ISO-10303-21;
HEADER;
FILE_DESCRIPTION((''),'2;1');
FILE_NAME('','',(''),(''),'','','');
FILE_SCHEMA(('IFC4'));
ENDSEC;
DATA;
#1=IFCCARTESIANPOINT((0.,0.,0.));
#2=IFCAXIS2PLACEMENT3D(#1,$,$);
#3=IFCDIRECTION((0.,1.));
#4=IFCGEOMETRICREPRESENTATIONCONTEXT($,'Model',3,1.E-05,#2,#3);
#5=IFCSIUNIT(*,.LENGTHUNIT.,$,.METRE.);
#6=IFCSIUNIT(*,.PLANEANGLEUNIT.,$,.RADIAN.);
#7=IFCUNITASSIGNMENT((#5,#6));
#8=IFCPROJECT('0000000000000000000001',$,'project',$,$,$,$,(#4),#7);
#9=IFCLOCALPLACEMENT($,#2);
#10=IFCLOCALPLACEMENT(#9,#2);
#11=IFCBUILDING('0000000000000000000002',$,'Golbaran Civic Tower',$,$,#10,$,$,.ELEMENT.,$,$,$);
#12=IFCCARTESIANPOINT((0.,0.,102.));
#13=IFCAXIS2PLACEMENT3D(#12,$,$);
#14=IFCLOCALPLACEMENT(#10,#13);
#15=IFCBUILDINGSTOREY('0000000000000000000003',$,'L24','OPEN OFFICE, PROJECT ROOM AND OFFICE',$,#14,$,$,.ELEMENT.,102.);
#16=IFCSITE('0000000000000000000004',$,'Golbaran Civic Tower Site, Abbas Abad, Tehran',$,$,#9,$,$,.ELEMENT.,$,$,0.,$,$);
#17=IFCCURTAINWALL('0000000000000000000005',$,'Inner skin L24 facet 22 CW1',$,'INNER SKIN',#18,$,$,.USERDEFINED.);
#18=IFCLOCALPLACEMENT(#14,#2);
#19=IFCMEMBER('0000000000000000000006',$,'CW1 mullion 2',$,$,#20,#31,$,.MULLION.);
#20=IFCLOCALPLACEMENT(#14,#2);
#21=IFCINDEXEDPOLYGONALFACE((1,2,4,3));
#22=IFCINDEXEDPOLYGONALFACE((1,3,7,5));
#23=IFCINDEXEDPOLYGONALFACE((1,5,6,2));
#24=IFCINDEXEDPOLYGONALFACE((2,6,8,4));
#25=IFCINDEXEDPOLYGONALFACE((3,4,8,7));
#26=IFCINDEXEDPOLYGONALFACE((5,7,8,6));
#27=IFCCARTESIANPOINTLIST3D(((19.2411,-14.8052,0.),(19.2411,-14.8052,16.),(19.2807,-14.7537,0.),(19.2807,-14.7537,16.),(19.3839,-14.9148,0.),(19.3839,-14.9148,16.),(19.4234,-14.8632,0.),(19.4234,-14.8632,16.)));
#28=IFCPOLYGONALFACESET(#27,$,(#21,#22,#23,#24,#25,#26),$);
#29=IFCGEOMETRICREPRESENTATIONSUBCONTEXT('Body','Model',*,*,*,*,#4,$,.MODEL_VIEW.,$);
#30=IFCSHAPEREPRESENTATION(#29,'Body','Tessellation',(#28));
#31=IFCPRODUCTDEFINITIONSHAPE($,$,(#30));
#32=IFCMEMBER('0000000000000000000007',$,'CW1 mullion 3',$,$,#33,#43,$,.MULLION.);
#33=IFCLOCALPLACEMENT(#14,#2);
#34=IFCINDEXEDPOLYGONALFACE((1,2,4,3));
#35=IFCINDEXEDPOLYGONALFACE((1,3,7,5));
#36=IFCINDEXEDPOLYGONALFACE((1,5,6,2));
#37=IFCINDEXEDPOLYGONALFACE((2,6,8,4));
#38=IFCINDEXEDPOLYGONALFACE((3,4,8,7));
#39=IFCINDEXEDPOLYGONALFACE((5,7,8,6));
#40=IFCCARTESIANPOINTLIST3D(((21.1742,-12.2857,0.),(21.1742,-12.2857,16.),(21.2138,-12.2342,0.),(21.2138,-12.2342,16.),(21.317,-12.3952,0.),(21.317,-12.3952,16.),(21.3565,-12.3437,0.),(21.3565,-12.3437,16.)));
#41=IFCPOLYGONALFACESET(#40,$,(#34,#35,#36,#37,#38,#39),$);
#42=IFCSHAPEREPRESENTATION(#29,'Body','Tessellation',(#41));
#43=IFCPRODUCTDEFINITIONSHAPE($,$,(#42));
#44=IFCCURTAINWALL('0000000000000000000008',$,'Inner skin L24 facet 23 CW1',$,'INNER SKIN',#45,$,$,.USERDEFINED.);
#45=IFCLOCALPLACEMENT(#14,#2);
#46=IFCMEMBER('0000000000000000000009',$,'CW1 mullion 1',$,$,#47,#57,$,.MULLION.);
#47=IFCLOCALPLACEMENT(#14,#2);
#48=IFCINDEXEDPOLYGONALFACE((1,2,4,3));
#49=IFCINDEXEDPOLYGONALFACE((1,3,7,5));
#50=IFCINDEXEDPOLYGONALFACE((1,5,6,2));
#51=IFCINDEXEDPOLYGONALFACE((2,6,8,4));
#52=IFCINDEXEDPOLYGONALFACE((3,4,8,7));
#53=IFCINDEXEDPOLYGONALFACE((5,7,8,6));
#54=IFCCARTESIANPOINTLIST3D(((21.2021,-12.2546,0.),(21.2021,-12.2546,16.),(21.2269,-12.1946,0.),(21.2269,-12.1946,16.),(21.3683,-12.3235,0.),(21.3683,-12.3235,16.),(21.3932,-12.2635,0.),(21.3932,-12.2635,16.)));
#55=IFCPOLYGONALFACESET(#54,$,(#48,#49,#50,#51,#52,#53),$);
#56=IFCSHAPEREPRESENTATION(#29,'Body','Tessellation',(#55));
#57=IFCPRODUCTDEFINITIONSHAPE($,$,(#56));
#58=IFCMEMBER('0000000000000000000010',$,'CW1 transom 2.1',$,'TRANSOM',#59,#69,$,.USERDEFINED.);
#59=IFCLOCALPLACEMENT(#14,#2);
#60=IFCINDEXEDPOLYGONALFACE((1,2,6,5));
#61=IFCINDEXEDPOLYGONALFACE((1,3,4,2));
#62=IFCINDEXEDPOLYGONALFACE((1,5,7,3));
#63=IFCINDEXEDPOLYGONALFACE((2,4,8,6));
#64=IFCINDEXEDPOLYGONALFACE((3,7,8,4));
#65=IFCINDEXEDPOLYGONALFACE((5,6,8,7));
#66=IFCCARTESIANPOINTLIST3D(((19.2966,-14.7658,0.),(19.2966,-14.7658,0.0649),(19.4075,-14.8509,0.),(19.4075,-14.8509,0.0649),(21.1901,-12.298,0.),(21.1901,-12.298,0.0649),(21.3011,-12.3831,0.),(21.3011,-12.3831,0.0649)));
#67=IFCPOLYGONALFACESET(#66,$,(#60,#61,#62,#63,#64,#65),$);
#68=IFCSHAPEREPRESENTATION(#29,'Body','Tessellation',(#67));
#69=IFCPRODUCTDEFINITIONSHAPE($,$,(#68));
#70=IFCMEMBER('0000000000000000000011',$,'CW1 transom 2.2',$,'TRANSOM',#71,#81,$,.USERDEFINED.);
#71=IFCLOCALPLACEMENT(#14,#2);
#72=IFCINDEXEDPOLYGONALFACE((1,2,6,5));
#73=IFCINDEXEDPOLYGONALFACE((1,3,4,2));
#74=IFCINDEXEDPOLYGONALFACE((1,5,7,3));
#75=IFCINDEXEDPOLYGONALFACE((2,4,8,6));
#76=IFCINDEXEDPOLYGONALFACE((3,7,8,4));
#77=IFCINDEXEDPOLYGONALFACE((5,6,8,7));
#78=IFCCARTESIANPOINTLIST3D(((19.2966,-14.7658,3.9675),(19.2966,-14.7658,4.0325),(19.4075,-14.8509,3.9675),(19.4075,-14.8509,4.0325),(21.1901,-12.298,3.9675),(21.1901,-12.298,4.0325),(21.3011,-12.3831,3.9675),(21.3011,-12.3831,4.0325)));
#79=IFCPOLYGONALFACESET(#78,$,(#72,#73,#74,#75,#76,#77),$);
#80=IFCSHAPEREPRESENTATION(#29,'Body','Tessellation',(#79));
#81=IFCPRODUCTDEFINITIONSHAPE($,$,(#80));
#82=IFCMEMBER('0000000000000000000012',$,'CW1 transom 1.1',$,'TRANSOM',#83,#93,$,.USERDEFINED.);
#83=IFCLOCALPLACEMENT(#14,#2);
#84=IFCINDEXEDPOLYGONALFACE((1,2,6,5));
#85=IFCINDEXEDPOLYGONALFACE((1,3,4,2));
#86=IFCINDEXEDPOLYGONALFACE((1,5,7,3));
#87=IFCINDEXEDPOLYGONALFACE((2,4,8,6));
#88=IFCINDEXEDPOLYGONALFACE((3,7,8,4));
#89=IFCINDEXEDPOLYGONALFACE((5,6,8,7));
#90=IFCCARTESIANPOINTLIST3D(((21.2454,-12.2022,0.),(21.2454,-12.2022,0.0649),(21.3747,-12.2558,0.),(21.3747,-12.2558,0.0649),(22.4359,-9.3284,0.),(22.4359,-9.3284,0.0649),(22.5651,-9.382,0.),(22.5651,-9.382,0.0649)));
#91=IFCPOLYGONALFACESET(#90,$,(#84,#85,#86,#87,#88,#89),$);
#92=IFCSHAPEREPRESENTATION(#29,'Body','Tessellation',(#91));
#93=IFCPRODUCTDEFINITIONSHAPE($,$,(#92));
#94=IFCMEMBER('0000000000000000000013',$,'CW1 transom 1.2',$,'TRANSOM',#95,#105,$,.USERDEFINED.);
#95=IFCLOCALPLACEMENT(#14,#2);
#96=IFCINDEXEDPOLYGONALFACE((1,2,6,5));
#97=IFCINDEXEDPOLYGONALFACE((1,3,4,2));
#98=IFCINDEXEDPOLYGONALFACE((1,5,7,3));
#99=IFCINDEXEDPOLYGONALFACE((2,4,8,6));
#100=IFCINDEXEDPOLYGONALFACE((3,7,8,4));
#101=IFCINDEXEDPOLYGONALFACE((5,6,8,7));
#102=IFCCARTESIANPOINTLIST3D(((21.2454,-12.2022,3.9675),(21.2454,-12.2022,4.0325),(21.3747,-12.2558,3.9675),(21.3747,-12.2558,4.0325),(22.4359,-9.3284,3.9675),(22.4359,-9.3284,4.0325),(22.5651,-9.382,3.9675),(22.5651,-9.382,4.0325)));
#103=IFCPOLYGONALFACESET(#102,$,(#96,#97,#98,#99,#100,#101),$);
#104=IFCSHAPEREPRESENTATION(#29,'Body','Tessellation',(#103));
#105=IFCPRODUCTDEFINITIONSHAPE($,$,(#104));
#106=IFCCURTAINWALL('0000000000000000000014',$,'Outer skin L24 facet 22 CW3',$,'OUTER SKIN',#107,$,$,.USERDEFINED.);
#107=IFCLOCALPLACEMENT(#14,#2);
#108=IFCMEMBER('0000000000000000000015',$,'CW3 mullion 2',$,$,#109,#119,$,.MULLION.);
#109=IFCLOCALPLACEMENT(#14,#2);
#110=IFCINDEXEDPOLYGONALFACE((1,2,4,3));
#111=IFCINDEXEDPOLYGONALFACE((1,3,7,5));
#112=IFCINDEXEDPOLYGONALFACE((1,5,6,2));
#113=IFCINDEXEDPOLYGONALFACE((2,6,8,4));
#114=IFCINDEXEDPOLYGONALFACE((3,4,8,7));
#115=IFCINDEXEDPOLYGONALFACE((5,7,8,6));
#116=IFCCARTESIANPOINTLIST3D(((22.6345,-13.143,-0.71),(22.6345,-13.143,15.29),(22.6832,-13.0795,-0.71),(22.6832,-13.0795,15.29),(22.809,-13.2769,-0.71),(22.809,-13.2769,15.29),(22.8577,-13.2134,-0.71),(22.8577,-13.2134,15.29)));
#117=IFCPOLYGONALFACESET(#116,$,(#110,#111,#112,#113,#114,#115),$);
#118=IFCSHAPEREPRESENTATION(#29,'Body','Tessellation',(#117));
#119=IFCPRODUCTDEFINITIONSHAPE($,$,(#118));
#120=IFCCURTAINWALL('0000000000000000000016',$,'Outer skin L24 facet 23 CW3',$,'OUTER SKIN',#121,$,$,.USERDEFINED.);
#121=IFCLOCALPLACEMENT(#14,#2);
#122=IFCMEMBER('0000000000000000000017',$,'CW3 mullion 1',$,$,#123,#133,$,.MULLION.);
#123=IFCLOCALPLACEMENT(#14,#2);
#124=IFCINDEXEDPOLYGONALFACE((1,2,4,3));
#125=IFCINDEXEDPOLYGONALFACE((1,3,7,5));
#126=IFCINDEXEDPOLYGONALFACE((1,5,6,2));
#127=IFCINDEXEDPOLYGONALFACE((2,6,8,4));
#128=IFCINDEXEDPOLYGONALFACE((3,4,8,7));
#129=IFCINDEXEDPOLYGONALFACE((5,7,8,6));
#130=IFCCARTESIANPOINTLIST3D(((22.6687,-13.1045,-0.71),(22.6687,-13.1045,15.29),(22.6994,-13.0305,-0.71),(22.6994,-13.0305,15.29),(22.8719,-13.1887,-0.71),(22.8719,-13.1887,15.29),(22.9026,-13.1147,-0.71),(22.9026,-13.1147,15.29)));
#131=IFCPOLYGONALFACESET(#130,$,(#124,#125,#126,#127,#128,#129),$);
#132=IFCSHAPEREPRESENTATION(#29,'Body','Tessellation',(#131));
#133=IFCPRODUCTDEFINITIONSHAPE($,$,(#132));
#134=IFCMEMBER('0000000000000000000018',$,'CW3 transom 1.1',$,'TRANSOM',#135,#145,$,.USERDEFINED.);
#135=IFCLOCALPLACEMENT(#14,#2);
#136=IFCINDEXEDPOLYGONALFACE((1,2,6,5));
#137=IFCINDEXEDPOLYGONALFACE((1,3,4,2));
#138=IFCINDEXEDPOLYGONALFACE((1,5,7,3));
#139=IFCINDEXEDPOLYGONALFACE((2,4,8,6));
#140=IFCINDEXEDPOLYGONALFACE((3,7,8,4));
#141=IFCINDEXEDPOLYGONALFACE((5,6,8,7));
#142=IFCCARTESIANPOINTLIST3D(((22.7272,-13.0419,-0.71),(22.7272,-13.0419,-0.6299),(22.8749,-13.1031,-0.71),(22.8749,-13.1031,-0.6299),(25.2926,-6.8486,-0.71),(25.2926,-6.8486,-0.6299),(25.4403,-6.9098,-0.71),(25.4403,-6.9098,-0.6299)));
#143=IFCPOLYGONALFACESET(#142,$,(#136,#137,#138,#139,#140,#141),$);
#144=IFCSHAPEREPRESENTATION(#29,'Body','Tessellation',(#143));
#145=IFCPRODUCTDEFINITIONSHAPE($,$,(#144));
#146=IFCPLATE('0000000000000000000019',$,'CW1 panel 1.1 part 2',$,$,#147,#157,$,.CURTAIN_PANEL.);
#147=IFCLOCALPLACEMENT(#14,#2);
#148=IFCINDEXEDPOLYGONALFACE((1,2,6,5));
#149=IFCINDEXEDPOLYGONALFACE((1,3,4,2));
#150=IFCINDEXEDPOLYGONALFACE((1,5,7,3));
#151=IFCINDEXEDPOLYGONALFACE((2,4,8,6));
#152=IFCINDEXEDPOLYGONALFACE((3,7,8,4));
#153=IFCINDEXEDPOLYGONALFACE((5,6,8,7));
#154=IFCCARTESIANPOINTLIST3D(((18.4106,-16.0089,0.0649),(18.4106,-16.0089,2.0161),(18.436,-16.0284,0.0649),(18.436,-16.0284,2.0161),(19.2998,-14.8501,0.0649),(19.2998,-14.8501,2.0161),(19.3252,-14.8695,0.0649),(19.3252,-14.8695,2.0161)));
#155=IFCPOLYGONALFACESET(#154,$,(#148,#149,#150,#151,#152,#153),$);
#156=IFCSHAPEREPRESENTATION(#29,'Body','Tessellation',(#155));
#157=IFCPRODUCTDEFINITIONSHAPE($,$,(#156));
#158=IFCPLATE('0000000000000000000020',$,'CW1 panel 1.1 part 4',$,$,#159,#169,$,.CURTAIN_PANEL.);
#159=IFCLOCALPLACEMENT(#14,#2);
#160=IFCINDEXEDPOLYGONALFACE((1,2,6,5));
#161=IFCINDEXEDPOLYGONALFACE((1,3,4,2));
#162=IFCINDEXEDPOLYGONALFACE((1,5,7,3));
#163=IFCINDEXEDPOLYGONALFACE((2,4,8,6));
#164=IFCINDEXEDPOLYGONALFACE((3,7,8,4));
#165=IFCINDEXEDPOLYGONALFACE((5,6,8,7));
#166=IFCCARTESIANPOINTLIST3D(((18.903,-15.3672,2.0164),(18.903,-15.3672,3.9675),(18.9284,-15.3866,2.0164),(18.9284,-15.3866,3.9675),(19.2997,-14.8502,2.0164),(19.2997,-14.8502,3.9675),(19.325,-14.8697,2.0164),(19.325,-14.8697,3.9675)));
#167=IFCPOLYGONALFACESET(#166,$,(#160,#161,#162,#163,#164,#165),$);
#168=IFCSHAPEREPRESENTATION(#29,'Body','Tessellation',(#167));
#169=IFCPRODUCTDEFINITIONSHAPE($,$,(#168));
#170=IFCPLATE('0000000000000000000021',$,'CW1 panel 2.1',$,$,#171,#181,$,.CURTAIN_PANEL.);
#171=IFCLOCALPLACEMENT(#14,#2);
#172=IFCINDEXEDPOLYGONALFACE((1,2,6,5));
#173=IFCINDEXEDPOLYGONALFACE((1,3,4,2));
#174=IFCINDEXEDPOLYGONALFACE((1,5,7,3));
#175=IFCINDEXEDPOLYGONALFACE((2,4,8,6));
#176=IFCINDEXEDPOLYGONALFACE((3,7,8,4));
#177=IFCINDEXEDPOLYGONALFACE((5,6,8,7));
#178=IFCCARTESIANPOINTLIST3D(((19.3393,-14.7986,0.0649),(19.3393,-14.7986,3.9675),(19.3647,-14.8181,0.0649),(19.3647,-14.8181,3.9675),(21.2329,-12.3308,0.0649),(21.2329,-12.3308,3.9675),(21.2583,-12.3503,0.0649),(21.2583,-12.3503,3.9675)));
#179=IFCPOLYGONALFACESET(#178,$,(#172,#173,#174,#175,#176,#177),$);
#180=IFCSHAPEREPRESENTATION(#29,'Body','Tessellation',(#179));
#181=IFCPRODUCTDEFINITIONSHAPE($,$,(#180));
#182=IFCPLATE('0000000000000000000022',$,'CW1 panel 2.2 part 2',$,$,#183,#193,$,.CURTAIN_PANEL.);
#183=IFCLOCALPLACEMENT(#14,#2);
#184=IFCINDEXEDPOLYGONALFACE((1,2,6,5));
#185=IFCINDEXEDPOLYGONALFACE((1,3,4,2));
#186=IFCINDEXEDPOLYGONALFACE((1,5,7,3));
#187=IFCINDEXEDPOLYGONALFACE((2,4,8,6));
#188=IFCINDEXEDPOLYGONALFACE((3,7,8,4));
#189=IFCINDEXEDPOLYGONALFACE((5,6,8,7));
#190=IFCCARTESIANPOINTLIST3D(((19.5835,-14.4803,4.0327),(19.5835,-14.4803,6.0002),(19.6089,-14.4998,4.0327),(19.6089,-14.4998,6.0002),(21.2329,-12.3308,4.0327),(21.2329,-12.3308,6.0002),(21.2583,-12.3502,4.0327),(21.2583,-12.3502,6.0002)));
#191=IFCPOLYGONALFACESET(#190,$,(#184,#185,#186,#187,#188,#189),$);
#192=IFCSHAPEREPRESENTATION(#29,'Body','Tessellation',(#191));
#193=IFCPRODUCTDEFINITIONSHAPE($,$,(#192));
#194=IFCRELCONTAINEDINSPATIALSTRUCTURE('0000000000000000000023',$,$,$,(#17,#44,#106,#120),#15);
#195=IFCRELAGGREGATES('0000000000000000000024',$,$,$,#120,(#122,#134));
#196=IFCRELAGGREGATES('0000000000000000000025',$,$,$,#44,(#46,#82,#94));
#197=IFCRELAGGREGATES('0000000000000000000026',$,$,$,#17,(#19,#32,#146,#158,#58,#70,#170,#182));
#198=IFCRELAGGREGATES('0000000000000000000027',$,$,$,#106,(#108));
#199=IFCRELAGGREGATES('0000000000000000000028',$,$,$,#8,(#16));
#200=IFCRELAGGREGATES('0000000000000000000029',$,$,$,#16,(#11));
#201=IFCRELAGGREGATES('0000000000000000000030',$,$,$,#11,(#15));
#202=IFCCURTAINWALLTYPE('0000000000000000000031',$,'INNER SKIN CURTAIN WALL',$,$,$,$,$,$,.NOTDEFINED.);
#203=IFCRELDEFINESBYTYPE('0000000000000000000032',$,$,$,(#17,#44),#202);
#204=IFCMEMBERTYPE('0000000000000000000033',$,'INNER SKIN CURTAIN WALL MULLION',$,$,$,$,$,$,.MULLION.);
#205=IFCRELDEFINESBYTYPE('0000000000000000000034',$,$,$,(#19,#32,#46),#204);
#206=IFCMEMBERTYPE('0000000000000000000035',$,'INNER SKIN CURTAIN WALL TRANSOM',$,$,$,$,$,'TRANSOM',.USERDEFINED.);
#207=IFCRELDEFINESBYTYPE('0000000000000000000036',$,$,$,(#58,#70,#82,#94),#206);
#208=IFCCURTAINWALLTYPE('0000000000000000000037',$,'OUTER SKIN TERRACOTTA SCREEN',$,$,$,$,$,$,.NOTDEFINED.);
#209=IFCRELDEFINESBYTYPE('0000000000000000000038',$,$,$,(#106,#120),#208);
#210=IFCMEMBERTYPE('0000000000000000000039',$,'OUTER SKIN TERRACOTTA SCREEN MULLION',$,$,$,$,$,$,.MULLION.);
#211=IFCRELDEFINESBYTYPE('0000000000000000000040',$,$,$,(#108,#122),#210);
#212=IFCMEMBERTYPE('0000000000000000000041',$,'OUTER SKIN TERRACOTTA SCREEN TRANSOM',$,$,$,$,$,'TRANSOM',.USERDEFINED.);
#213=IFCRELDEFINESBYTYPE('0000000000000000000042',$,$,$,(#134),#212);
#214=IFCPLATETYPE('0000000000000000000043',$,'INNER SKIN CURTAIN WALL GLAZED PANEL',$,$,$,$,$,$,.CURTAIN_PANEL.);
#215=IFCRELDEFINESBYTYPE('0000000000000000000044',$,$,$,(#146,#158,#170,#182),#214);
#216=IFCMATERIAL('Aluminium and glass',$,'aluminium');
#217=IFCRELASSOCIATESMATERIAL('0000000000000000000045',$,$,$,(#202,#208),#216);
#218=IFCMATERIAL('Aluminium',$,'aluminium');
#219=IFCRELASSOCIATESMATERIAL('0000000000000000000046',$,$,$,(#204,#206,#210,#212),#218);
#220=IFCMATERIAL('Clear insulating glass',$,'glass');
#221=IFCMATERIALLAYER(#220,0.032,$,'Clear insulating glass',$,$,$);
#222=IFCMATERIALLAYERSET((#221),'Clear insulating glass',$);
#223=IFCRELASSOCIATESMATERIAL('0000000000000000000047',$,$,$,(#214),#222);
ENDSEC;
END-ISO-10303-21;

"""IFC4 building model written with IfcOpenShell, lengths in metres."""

from ifc_helpers import new_model, si_unit, direction, frame, origin, origin_2d, place, context, subcontext, project, spatial, rectangle, extrude, material, layer, layer_set, material_profile, profile_set, type_object, element, aggregate, save


model = new_model("IFC4")

# Units and contexts
model_context = context("Model", 3, precision=1e-05, world=origin(), true_north=direction((0.0, 1.0)))
body_context = subcontext(model_context, "Body", "Model", "MODEL_VIEW")
ifc_project = project(units=[si_unit("LENGTHUNIT", "METRE"), si_unit("PLANEANGLEUNIT", "RADIAN")], contexts=[model_context])

# Site, building, storey
site_placement = place(None, origin())
site = spatial("IfcSite", under=ifc_project, at=site_placement, Name="Golbaran Civic Tower Site, Abbas Abad, Tehran", CompositionType="ELEMENT", RefElevation=0.0)
building_placement = place(site_placement, origin())
building = spatial("IfcBuilding", under=site, at=building_placement, Name="Golbaran Civic Tower", CompositionType="ELEMENT")
storey_placement = place(building_placement, frame((0.0, 0.0, 102.0)))
storey = spatial("IfcBuildingStorey", under=building, at=storey_placement, Name="L24", Description="OPEN OFFICE, PROJECT ROOM AND OFFICE", CompositionType="ELEMENT", Elevation=102.0)

# Curtain wall, members
ifc_material_1 = material(Name="Aluminium and glass", Category="aluminium")
curtain_wall_type_1 = type_object("IfcCurtainWallType", Name="INNER SKIN CURTAIN WALL", PredefinedType="NOTDEFINED", material=ifc_material_1)
curtain_wall_1_placement = place(storey_placement, origin())
curtain_wall_1 = element("IfcCurtainWall", 1, at=curtain_wall_1_placement, inside=storey, type_object=curtain_wall_type_1, Name="Inner skin L24 facet 22 CW1", ObjectType="INNER SKIN", PredefinedType="USERDEFINED")
ifc_material_2 = material(Name="Aluminium", Category="aluminium")
ifc_material_profile_1 = material_profile(ifc_material_2, rectangle(XDim=0.1799, YDim=0.0649, at=origin_2d()), Name="INNER SKIN CURTAIN WALL MULLION")
ifc_profile_set_1 = profile_set([ifc_material_profile_1], Name="Aluminium")
member_type_1 = type_object("IfcMemberType", Name="INNER SKIN CURTAIN WALL MULLION", PredefinedType="MULLION", material=ifc_profile_set_1)
member_1_placement = place(storey_placement, frame((19.3323, -14.8342, 0.0), z_axis=(0.0, 0.0, 1.0), x_axis=(-0.793353, 0.608761, 0.0)))
member_1 = element("IfcMember", 2, at=member_1_placement, type_object=member_type_1, Name="CW1 mullion 2", PredefinedType="MULLION", context=body_context, shape_type="SweptSolid", body=[
    extrude(rectangle(XDim=0.1799, YDim=0.0649, at=origin_2d()), origin(), (0.0, 0.0, 1.0), 16.0),
])
member_2_placement = place(storey_placement, frame((21.2654, -12.3147, 0.0), z_axis=(0.0, 0.0, 1.0), x_axis=(-0.793353, 0.608761, 0.0)))
member_2 = element("IfcMember", 3, at=member_2_placement, type_object=member_type_1, Name="CW1 mullion 3", PredefinedType="MULLION", context=body_context, shape_type="SweptSolid", body=[
    extrude(rectangle(XDim=0.1799, YDim=0.0649, at=origin_2d()), origin(), (0.0, 0.0, 1.0), 16.0),
])

# Curtain wall, member
curtain_wall_2_placement = place(storey_placement, origin())
curtain_wall_2 = element("IfcCurtainWall", 4, at=curtain_wall_2_placement, inside=storey, type_object=curtain_wall_type_1, Name="Inner skin L24 facet 23 CW1", ObjectType="INNER SKIN", PredefinedType="USERDEFINED")
member_3_placement = place(storey_placement, frame((21.2976, -12.259, 0.0), z_axis=(0.0, 0.0, 1.0), x_axis=(-0.92388, 0.382683, 0.0)))
member_3 = element("IfcMember", 5, at=member_3_placement, type_object=member_type_1, Name="CW1 mullion 1", PredefinedType="MULLION", context=body_context, shape_type="SweptSolid", body=[
    extrude(rectangle(XDim=0.1799, YDim=0.0649, at=origin_2d()), origin(), (0.0, 0.0, 1.0), 16.0),
])

# Members
ifc_material_profile_2 = material_profile(ifc_material_2, rectangle(XDim=0.1399, YDim=0.0649, at=origin_2d()), Name="INNER SKIN CURTAIN WALL TRANSOM")
ifc_profile_set_2 = profile_set([ifc_material_profile_2], Name="Aluminium")
member_type_2 = type_object("IfcMemberType", Name="INNER SKIN CURTAIN WALL TRANSOM", ElementType="TRANSOM", PredefinedType="USERDEFINED", material=ifc_profile_set_2)
member_4_placement = place(storey_placement, frame((19.3521, -14.8083, 0.0325), z_axis=(0.608754, 0.793359, 0.0), x_axis=(-0.793359, 0.608754, 0.0)))
member_4 = element("IfcMember", 6, at=member_4_placement, type_object=member_type_2, Name="CW1 transom 2.1", ObjectType="TRANSOM", PredefinedType="USERDEFINED", context=body_context, shape_type="SweptSolid", body=[
    extrude(rectangle(XDim=0.1399, YDim=0.0649, at=origin_2d()), origin(), (0.0, 0.0, 1.0), 3.1106),
])
member_5_placement = place(storey_placement, frame((19.3521, -14.8083, 4.0), z_axis=(0.608754, 0.793359, 0.0), x_axis=(-0.793359, 0.608754, 0.0)))
member_5 = element("IfcMember", 7, at=member_5_placement, type_object=member_type_2, Name="CW1 transom 2.2", ObjectType="TRANSOM", PredefinedType="USERDEFINED", context=body_context, shape_type="SweptSolid", body=[
    extrude(rectangle(XDim=0.1399, YDim=0.0649, at=origin_2d()), origin(), (0.0, 0.0, 1.0), 3.1106),
])
member_6_placement = place(storey_placement, frame((21.3101, -12.229, 0.0325), z_axis=(0.382703, 0.923871, 0.0), x_axis=(-0.923871, 0.382703, 0.0)))
member_6 = element("IfcMember", 8, at=member_6_placement, type_object=member_type_2, Name="CW1 transom 1.1", ObjectType="TRANSOM", PredefinedType="USERDEFINED", context=body_context, shape_type="SweptSolid", body=[
    extrude(rectangle(XDim=0.1399, YDim=0.0649, at=origin_2d()), origin(), (0.0, 0.0, 1.0), 3.1106),
])
member_7_placement = place(storey_placement, frame((21.3101, -12.229, 4.0), z_axis=(0.382703, 0.923871, 0.0), x_axis=(-0.923871, 0.382703, 0.0)))
member_7 = element("IfcMember", 9, at=member_7_placement, type_object=member_type_2, Name="CW1 transom 1.2", ObjectType="TRANSOM", PredefinedType="USERDEFINED", context=body_context, shape_type="SweptSolid", body=[
    extrude(rectangle(XDim=0.1399, YDim=0.0649, at=origin_2d()), origin(), (0.0, 0.0, 1.0), 3.1106),
])

# Curtain wall, member
curtain_wall_type_2 = type_object("IfcCurtainWallType", Name="OUTER SKIN TERRACOTTA SCREEN", PredefinedType="NOTDEFINED", material=ifc_material_1)
curtain_wall_3_placement = place(storey_placement, origin())
curtain_wall_3 = element("IfcCurtainWall", 10, at=curtain_wall_3_placement, inside=storey, type_object=curtain_wall_type_2, Name="Outer skin L24 facet 22 CW3", ObjectType="OUTER SKIN", PredefinedType="USERDEFINED")
ifc_material_profile_3 = material_profile(ifc_material_2, rectangle(XDim=0.22, YDim=0.0801, at=origin_2d()), Name="OUTER SKIN TERRACOTTA SCREEN MULLION")
ifc_profile_set_3 = profile_set([ifc_material_profile_3], Name="Aluminium")
member_type_3 = type_object("IfcMemberType", Name="OUTER SKIN TERRACOTTA SCREEN MULLION", PredefinedType="MULLION", material=ifc_profile_set_3)
member_8_placement = place(storey_placement, frame((22.7461, -13.1782, -0.71), z_axis=(0.0, 0.0, 1.0), x_axis=(-0.793353, 0.608761, 0.0)))
member_8 = element("IfcMember", 11, at=member_8_placement, type_object=member_type_3, Name="CW3 mullion 2", PredefinedType="MULLION", context=body_context, shape_type="SweptSolid", body=[
    extrude(rectangle(XDim=0.22, YDim=0.0801, at=origin_2d()), origin(), (0.0, 0.0, 1.0), 16.0),
])

# Curtain wall, members
curtain_wall_4_placement = place(storey_placement, origin())
curtain_wall_4 = element("IfcCurtainWall", 12, at=curtain_wall_4_placement, inside=storey, type_object=curtain_wall_type_2, Name="Outer skin L24 facet 23 CW3", ObjectType="OUTER SKIN", PredefinedType="USERDEFINED")
member_9_placement = place(storey_placement, frame((22.7856, -13.1096, -0.71), z_axis=(0.0, 0.0, 1.0), x_axis=(-0.92388, 0.382683, 0.0)))
member_9 = element("IfcMember", 13, at=member_9_placement, type_object=member_type_3, Name="CW3 mullion 1", PredefinedType="MULLION", context=body_context, shape_type="SweptSolid", body=[
    extrude(rectangle(XDim=0.22, YDim=0.0801, at=origin_2d()), origin(), (0.0, 0.0, 1.0), 16.0),
])
ifc_material_profile_4 = material_profile(ifc_material_2, rectangle(XDim=0.1599, YDim=0.0801, at=origin_2d()), Name="OUTER SKIN TERRACOTTA SCREEN TRANSOM")
ifc_profile_set_4 = profile_set([ifc_material_profile_4], Name="Aluminium")
member_type_4 = type_object("IfcMemberType", Name="OUTER SKIN TERRACOTTA SCREEN TRANSOM", ElementType="TRANSOM", PredefinedType="USERDEFINED", material=ifc_profile_set_4)
member_10_placement = place(storey_placement, frame((22.801, -13.0725, -0.6699), z_axis=(0.382691, 0.923877, 0.0), x_axis=(-0.923877, 0.382691, 0.0)))
member_10 = element("IfcMember", 14, at=member_10_placement, type_object=member_type_4, Name="CW3 transom 1.1", ObjectType="TRANSOM", PredefinedType="USERDEFINED", context=body_context, shape_type="SweptSolid", body=[
    extrude(rectangle(XDim=0.1599, YDim=0.0801, at=origin_2d()), origin(), (0.0, 0.0, 1.0), 6.7036),
])
aggregate(curtain_wall_4, [member_9, member_10])

# Plates
ifc_material_3 = material(Name="Clear insulating glass", Category="glass")
ifc_layer_1 = layer(ifc_material_3, 0.032, Name="Clear insulating glass")
ifc_layer_set_1 = layer_set([ifc_layer_1], Name="Clear insulating glass")
plate_type_1 = type_object("IfcPlateType", Name="INNER SKIN CURTAIN WALL GLAZED PANEL", PredefinedType="CURTAIN_PANEL", material=ifc_layer_set_1)
plate_1_placement = place(storey_placement, frame((18.8679, -15.4392, 0.0649), z_axis=(0.0, 0.0, 1.0), x_axis=(0.608761, 0.793353, 0.0)))
plate_1 = element("IfcPlate", 15, at=plate_1_placement, type_object=plate_type_1, Name="CW1 panel 1.1 part 2", PredefinedType="CURTAIN_PANEL", context=body_context, shape_type="SweptSolid", body=[
    extrude(rectangle(XDim=1.4607, YDim=0.032, at=origin_2d()), origin(), (0.0, 0.0, 1.0), 1.9512),
])
plate_2_placement = place(storey_placement, frame((19.114, -15.1184, 2.0164), z_axis=(0.0, 0.0, 1.0), x_axis=(0.608761, 0.793353, 0.0)))
plate_2 = element("IfcPlate", 16, at=plate_2_placement, type_object=plate_type_1, Name="CW1 panel 1.1 part 4", PredefinedType="CURTAIN_PANEL", context=body_context, shape_type="SweptSolid", body=[
    extrude(rectangle(XDim=0.6516, YDim=0.032, at=origin_2d()), origin(), (0.0, 0.0, 1.0), 1.9512),
])
plate_3_placement = place(storey_placement, frame((20.2988, -13.5745, 0.0649), z_axis=(0.0, 0.0, 1.0), x_axis=(0.608761, 0.793353, 0.0)))
plate_3 = element("IfcPlate", 17, at=plate_3_placement, type_object=plate_type_1, Name="CW1 panel 2.1", PredefinedType="CURTAIN_PANEL", context=body_context, shape_type="SweptSolid", body=[
    extrude(rectangle(XDim=3.1106, YDim=0.032, at=origin_2d()), origin(), (0.0, 0.0, 1.0), 3.9026),
])
plate_4_placement = place(storey_placement, frame((20.4209, -13.4153, 4.0327), z_axis=(0.0, 0.0, 1.0), x_axis=(0.608761, 0.793353, 0.0)))
plate_4 = element("IfcPlate", 18, at=plate_4_placement, type_object=plate_type_1, Name="CW1 panel 2.2 part 2", PredefinedType="CURTAIN_PANEL", context=body_context, shape_type="SweptSolid", body=[
    extrude(rectangle(XDim=2.7095, YDim=0.032, at=origin_2d()), origin(), (0.0, 0.0, 1.0), 1.9675),
])
aggregate(curtain_wall_2, [member_3, member_6, member_7])
aggregate(curtain_wall_1, [member_1, member_2, plate_1, plate_2, member_4, member_5, plate_3, plate_4])
aggregate(curtain_wall_3, [member_8])

save(model, "model.ifc")
